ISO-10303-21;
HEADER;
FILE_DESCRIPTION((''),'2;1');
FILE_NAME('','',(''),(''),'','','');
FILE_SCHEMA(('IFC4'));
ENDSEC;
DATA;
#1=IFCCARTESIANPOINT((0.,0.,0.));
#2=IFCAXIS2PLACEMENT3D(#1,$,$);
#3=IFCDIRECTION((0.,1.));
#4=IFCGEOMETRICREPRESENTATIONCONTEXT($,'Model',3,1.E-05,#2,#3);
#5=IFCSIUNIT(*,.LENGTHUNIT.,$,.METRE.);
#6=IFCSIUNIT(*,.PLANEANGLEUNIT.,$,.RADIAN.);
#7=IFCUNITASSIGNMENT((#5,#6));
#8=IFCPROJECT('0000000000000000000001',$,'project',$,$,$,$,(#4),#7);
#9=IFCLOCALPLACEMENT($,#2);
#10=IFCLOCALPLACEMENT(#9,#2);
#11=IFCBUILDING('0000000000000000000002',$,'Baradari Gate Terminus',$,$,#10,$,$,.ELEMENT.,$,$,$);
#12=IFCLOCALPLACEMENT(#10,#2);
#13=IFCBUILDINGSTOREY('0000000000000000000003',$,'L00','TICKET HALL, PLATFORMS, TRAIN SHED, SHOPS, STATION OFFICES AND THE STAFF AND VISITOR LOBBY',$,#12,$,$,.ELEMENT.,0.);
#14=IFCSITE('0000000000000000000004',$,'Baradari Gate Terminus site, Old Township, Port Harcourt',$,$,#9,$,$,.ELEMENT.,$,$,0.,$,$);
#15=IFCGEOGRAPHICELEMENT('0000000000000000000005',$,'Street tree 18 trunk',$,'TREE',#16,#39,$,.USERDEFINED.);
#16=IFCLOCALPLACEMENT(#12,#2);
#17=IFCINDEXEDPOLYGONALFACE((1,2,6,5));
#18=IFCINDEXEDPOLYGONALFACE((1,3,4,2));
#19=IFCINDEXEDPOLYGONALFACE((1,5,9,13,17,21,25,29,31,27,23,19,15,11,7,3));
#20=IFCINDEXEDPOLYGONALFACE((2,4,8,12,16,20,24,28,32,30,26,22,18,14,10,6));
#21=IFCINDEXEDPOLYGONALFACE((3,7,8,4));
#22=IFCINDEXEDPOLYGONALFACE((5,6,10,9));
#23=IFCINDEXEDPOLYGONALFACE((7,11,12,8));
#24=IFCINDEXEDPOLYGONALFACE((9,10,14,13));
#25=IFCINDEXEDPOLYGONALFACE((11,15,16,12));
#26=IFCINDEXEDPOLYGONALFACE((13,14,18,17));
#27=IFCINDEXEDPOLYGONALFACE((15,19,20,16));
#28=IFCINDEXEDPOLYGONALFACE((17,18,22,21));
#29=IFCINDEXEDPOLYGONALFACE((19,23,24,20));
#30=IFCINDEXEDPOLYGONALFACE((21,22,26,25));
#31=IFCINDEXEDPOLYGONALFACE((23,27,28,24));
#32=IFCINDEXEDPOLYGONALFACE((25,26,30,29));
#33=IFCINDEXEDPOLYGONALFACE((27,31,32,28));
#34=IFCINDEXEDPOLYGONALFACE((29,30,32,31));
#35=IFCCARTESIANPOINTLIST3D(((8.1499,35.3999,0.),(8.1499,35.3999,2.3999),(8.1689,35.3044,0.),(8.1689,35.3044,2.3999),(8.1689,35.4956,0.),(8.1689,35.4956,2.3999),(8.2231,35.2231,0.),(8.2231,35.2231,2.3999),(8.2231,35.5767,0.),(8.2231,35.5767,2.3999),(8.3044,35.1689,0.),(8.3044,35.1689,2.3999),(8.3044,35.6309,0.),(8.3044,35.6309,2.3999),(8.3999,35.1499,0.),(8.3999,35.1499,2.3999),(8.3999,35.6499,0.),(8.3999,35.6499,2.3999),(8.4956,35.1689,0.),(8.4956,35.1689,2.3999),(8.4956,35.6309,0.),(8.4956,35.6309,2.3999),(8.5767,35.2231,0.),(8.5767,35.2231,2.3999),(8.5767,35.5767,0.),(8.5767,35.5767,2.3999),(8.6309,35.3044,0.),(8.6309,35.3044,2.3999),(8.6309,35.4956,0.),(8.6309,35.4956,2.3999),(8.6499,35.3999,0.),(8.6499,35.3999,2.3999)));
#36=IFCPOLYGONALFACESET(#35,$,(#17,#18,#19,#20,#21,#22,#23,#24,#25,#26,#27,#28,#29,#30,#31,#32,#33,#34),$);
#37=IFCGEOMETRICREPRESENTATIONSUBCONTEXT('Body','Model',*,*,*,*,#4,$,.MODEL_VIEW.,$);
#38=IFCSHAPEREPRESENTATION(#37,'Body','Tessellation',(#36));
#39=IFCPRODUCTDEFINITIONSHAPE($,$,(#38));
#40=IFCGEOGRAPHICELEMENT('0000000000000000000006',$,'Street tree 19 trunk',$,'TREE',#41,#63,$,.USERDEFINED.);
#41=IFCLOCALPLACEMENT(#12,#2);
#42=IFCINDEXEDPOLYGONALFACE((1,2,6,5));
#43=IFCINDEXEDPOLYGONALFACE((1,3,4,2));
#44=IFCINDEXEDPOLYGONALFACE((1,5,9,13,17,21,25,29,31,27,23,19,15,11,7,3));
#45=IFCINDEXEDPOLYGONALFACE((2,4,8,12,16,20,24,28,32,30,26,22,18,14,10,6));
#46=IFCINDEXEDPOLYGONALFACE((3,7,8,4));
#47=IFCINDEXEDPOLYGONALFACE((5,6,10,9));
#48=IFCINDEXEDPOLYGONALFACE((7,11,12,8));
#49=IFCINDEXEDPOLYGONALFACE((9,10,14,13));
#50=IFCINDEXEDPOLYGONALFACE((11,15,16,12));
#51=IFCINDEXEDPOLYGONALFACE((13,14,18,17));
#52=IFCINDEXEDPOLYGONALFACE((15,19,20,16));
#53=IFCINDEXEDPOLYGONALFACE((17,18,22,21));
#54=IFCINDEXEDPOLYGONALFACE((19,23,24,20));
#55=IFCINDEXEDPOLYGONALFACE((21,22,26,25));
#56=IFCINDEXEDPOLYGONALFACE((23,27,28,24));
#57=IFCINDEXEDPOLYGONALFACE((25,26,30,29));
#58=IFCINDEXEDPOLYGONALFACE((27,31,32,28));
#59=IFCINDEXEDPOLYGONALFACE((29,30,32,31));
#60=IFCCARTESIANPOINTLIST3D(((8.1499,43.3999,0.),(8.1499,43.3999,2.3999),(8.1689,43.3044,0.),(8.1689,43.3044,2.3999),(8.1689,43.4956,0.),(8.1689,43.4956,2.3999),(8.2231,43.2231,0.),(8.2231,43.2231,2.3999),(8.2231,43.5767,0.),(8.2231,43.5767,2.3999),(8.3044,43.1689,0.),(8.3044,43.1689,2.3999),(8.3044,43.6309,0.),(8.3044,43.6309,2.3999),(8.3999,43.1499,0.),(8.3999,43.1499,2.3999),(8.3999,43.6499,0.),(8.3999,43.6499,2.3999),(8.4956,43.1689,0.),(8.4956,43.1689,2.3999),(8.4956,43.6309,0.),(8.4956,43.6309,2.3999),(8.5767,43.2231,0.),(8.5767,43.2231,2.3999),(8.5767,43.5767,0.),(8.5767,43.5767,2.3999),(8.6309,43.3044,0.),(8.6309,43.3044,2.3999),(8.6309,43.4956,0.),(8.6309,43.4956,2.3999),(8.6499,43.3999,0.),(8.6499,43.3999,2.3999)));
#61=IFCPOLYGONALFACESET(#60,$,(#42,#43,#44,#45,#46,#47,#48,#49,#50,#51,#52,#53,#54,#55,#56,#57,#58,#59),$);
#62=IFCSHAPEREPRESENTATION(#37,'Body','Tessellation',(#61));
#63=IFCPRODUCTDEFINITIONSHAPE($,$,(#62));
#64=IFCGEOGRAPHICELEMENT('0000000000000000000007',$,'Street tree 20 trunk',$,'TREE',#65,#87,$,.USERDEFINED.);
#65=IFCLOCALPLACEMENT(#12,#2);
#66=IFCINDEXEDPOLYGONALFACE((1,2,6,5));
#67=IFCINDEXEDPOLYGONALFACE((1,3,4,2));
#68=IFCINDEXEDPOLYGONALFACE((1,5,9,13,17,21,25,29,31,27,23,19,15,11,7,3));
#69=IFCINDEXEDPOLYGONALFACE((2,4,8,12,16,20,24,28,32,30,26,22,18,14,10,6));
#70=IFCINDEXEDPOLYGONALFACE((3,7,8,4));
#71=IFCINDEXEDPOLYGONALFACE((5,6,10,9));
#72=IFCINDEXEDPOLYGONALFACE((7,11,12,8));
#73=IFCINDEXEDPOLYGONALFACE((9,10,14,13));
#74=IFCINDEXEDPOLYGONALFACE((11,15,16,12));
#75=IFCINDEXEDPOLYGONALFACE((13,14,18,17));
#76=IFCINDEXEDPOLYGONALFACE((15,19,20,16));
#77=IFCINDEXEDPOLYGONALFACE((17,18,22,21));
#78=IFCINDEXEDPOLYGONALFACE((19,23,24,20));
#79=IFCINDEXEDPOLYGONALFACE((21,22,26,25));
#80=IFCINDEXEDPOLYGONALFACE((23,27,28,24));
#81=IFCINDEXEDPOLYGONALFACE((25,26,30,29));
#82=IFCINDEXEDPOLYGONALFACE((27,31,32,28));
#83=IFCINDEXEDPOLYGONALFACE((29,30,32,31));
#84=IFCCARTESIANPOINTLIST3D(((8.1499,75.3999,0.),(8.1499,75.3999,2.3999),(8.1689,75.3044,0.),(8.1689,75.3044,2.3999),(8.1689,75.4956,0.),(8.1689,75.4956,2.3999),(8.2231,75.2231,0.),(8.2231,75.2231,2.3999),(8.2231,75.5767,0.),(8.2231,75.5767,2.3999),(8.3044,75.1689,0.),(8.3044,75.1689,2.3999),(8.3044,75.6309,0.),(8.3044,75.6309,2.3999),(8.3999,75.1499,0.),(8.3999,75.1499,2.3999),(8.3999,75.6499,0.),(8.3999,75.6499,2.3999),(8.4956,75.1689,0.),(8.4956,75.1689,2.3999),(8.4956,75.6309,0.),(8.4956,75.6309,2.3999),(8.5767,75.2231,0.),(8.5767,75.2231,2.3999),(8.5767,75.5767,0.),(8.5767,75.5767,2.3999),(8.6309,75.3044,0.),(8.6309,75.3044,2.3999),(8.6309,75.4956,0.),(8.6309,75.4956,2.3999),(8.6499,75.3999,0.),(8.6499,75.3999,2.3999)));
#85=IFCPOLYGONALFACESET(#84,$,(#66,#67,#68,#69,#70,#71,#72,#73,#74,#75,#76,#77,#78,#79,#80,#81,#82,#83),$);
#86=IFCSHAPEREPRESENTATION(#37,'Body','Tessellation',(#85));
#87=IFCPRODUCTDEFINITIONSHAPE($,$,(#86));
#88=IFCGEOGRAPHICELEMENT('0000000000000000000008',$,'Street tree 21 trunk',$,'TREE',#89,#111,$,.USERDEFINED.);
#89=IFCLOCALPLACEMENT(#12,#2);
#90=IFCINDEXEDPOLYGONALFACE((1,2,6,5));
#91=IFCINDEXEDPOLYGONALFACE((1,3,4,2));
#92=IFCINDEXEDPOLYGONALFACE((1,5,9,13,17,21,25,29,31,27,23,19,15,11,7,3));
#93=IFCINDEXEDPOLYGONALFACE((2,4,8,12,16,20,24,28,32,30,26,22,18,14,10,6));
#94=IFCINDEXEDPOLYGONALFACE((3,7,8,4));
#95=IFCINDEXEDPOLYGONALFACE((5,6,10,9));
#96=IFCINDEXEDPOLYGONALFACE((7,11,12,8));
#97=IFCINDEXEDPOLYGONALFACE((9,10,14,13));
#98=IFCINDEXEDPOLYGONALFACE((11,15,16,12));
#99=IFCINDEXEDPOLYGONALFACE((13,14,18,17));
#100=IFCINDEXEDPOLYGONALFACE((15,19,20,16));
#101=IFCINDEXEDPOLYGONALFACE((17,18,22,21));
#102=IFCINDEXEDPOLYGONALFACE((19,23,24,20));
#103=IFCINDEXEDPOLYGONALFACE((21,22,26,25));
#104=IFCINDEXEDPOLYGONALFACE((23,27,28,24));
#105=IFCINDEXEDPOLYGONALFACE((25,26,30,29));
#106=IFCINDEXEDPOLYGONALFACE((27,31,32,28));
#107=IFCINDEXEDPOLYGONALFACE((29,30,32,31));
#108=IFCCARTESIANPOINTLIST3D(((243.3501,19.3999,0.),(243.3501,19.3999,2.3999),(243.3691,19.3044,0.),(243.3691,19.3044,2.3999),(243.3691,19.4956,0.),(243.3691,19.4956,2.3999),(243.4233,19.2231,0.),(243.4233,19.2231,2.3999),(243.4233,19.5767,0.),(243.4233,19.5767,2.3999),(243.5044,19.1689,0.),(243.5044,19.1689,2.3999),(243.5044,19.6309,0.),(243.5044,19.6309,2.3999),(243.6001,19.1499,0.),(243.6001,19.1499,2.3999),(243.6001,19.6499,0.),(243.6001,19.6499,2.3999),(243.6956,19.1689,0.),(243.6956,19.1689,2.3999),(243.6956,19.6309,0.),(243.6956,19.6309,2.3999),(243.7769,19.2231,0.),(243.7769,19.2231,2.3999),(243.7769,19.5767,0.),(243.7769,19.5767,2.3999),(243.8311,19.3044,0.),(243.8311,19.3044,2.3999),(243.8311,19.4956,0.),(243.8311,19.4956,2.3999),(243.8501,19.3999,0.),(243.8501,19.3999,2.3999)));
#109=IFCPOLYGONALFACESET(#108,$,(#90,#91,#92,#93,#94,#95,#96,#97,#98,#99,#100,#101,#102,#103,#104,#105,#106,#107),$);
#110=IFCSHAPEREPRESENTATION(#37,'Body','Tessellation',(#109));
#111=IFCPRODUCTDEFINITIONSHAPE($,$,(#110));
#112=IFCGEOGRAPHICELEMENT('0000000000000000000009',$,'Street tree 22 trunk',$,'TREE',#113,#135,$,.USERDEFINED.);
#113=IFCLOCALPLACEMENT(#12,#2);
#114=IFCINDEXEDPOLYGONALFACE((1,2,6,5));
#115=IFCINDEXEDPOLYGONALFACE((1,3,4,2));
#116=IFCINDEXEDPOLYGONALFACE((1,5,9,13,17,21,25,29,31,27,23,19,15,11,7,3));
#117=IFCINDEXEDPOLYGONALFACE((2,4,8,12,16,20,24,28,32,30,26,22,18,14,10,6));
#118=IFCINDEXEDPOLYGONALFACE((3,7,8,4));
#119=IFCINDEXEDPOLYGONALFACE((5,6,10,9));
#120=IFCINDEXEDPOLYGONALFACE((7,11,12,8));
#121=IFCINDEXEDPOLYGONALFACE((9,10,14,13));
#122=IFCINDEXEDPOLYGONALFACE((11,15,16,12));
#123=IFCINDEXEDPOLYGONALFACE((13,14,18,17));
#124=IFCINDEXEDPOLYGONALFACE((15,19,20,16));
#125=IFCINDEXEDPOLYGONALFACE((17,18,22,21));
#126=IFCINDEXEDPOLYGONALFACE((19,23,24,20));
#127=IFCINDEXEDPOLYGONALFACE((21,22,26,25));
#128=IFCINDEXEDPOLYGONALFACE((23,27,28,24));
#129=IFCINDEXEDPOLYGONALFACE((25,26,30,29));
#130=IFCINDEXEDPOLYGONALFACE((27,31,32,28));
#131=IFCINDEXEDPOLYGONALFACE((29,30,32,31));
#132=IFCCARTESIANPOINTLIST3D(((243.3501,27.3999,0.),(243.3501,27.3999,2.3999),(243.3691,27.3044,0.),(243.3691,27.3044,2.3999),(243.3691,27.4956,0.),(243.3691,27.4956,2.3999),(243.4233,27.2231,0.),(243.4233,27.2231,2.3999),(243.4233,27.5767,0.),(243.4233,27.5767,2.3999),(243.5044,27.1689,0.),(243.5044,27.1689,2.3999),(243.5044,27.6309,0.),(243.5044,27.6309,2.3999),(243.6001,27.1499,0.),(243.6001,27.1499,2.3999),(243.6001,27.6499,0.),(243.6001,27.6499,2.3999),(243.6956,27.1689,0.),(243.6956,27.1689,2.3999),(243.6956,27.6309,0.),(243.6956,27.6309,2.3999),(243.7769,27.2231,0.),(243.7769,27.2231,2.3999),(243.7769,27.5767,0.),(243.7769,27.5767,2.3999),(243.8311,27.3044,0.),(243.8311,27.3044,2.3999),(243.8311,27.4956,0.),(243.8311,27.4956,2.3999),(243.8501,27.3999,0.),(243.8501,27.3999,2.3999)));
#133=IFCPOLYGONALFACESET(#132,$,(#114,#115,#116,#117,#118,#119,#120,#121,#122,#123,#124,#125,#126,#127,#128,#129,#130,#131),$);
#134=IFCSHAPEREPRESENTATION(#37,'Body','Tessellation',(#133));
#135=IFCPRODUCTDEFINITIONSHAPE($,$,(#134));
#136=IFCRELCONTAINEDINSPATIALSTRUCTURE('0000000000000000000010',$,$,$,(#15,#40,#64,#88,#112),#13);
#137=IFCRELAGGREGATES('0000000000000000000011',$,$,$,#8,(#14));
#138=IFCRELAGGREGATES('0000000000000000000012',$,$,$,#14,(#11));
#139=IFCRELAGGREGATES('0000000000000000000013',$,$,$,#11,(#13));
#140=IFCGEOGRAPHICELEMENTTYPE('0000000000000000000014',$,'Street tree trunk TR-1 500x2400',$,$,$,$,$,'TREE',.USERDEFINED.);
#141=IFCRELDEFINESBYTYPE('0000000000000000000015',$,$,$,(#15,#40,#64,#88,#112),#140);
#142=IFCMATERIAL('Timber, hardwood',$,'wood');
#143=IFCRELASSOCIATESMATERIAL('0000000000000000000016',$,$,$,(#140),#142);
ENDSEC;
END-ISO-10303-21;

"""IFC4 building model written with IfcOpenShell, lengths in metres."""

from ifc_helpers import new_model, si_unit, direction, origin, place, context, subcontext, project, spatial, polyline, outline, extrude, material, type_object, element, save


model = new_model("IFC4")

# Units and contexts
model_context = context("Model", 3, precision=1e-05, world=origin(), true_north=direction((0.0, 1.0)))
body_context = subcontext(model_context, "Body", "Model", "MODEL_VIEW")
ifc_project = project(units=[si_unit("LENGTHUNIT", "METRE"), si_unit("PLANEANGLEUNIT", "RADIAN")], contexts=[model_context])

# Site, building, storey
site_placement = place(None, origin())
site = spatial("IfcSite", under=ifc_project, at=site_placement, Name="Baradari Gate Terminus site, Old Township, Port Harcourt", CompositionType="ELEMENT", RefElevation=0.0)
building_placement = place(site_placement, origin())
building = spatial("IfcBuilding", under=site, at=building_placement, Name="Baradari Gate Terminus", CompositionType="ELEMENT")
storey_placement = place(building_placement, origin())
storey = spatial("IfcBuildingStorey", under=building, at=storey_placement, Name="L00", Description="TICKET HALL, PLATFORMS, TRAIN SHED, SHOPS, STATION OFFICES AND THE STAFF AND VISITOR LOBBY", CompositionType="ELEMENT", Elevation=0.0)

# Geographic elements
ifc_material_1 = material(Name="Timber, hardwood", Category="wood")
geographic_element_type_1 = type_object("IfcGeographicElementType", Name="Street tree trunk TR-1 500x2400", ElementType="TREE", PredefinedType="USERDEFINED", material=ifc_material_1)
geographic_element_1_placement = place(storey_placement, origin())
element("IfcGeographicElement", 1, at=geographic_element_1_placement, inside=storey, type_object=geographic_element_type_1, Name="Street tree 18 trunk", ObjectType="TREE", PredefinedType="USERDEFINED", context=body_context, shape_type="SweptSolid", body=[
    extrude(outline(polyline([(8.6499, 35.3999), (8.6309, 35.4956), (8.5767, 35.5767), (8.4956, 35.6309), (8.3999, 35.6499), (8.3044, 35.6309), (8.2231, 35.5767), (8.1689, 35.4956), (8.1499, 35.3999), (8.1689, 35.3044), (8.2231, 35.2231), (8.3044, 35.1689), (8.3999, 35.1499), (8.4956, 35.1689), (8.5767, 35.2231), (8.6309, 35.3044), (8.6499, 35.3999)])), origin(), (0.0, 0.0, 1.0), 2.3999),
])
geographic_element_2_placement = place(storey_placement, origin())
element("IfcGeographicElement", 2, at=geographic_element_2_placement, inside=storey, type_object=geographic_element_type_1, Name="Street tree 19 trunk", ObjectType="TREE", PredefinedType="USERDEFINED", context=body_context, shape_type="SweptSolid", body=[
    extrude(outline(polyline([(8.6499, 43.3999), (8.6309, 43.4956), (8.5767, 43.5767), (8.4956, 43.6309), (8.3999, 43.6499), (8.3044, 43.6309), (8.2231, 43.5767), (8.1689, 43.4956), (8.1499, 43.3999), (8.1689, 43.3044), (8.2231, 43.2231), (8.3044, 43.1689), (8.3999, 43.1499), (8.4956, 43.1689), (8.5767, 43.2231), (8.6309, 43.3044), (8.6499, 43.3999)])), origin(), (0.0, 0.0, 1.0), 2.3999),
])
geographic_element_3_placement = place(storey_placement, origin())
element("IfcGeographicElement", 3, at=geographic_element_3_placement, inside=storey, type_object=geographic_element_type_1, Name="Street tree 20 trunk", ObjectType="TREE", PredefinedType="USERDEFINED", context=body_context, shape_type="SweptSolid", body=[
    extrude(outline(polyline([(8.6499, 75.3999), (8.6309, 75.4956), (8.5767, 75.5767), (8.4956, 75.6309), (8.3999, 75.6499), (8.3044, 75.6309), (8.2231, 75.5767), (8.1689, 75.4956), (8.1499, 75.3999), (8.1689, 75.3044), (8.2231, 75.2231), (8.3044, 75.1689), (8.3999, 75.1499), (8.4956, 75.1689), (8.5767, 75.2231), (8.6309, 75.3044), (8.6499, 75.3999)])), origin(), (0.0, 0.0, 1.0), 2.3999),
])
geographic_element_4_placement = place(storey_placement, origin())
element("IfcGeographicElement", 4, at=geographic_element_4_placement, inside=storey, type_object=geographic_element_type_1, Name="Street tree 21 trunk", ObjectType="TREE", PredefinedType="USERDEFINED", context=body_context, shape_type="SweptSolid", body=[
    extrude(outline(polyline([(243.8501, 19.3999), (243.8311, 19.4956), (243.7769, 19.5767), (243.6956, 19.6309), (243.6001, 19.6499), (243.5044, 19.6309), (243.4233, 19.5767), (243.3691, 19.4956), (243.3501, 19.3999), (243.3691, 19.3044), (243.4233, 19.2231), (243.5044, 19.1689), (243.6001, 19.1499), (243.6956, 19.1689), (243.7769, 19.2231), (243.8311, 19.3044), (243.8501, 19.3999)])), origin(), (0.0, 0.0, 1.0), 2.3999),
])
geographic_element_5_placement = place(storey_placement, origin())
element("IfcGeographicElement", 5, at=geographic_element_5_placement, inside=storey, type_object=geographic_element_type_1, Name="Street tree 22 trunk", ObjectType="TREE", PredefinedType="USERDEFINED", context=body_context, shape_type="SweptSolid", body=[
    extrude(outline(polyline([(243.8501, 27.3999), (243.8311, 27.4956), (243.7769, 27.5767), (243.6956, 27.6309), (243.6001, 27.6499), (243.5044, 27.6309), (243.4233, 27.5767), (243.3691, 27.4956), (243.3501, 27.3999), (243.3691, 27.3044), (243.4233, 27.2231), (243.5044, 27.1689), (243.6001, 27.1499), (243.6956, 27.1689), (243.7769, 27.2231), (243.8311, 27.3044), (243.8501, 27.3999)])), origin(), (0.0, 0.0, 1.0), 2.3999),
])

save(model, "model.ifc")
